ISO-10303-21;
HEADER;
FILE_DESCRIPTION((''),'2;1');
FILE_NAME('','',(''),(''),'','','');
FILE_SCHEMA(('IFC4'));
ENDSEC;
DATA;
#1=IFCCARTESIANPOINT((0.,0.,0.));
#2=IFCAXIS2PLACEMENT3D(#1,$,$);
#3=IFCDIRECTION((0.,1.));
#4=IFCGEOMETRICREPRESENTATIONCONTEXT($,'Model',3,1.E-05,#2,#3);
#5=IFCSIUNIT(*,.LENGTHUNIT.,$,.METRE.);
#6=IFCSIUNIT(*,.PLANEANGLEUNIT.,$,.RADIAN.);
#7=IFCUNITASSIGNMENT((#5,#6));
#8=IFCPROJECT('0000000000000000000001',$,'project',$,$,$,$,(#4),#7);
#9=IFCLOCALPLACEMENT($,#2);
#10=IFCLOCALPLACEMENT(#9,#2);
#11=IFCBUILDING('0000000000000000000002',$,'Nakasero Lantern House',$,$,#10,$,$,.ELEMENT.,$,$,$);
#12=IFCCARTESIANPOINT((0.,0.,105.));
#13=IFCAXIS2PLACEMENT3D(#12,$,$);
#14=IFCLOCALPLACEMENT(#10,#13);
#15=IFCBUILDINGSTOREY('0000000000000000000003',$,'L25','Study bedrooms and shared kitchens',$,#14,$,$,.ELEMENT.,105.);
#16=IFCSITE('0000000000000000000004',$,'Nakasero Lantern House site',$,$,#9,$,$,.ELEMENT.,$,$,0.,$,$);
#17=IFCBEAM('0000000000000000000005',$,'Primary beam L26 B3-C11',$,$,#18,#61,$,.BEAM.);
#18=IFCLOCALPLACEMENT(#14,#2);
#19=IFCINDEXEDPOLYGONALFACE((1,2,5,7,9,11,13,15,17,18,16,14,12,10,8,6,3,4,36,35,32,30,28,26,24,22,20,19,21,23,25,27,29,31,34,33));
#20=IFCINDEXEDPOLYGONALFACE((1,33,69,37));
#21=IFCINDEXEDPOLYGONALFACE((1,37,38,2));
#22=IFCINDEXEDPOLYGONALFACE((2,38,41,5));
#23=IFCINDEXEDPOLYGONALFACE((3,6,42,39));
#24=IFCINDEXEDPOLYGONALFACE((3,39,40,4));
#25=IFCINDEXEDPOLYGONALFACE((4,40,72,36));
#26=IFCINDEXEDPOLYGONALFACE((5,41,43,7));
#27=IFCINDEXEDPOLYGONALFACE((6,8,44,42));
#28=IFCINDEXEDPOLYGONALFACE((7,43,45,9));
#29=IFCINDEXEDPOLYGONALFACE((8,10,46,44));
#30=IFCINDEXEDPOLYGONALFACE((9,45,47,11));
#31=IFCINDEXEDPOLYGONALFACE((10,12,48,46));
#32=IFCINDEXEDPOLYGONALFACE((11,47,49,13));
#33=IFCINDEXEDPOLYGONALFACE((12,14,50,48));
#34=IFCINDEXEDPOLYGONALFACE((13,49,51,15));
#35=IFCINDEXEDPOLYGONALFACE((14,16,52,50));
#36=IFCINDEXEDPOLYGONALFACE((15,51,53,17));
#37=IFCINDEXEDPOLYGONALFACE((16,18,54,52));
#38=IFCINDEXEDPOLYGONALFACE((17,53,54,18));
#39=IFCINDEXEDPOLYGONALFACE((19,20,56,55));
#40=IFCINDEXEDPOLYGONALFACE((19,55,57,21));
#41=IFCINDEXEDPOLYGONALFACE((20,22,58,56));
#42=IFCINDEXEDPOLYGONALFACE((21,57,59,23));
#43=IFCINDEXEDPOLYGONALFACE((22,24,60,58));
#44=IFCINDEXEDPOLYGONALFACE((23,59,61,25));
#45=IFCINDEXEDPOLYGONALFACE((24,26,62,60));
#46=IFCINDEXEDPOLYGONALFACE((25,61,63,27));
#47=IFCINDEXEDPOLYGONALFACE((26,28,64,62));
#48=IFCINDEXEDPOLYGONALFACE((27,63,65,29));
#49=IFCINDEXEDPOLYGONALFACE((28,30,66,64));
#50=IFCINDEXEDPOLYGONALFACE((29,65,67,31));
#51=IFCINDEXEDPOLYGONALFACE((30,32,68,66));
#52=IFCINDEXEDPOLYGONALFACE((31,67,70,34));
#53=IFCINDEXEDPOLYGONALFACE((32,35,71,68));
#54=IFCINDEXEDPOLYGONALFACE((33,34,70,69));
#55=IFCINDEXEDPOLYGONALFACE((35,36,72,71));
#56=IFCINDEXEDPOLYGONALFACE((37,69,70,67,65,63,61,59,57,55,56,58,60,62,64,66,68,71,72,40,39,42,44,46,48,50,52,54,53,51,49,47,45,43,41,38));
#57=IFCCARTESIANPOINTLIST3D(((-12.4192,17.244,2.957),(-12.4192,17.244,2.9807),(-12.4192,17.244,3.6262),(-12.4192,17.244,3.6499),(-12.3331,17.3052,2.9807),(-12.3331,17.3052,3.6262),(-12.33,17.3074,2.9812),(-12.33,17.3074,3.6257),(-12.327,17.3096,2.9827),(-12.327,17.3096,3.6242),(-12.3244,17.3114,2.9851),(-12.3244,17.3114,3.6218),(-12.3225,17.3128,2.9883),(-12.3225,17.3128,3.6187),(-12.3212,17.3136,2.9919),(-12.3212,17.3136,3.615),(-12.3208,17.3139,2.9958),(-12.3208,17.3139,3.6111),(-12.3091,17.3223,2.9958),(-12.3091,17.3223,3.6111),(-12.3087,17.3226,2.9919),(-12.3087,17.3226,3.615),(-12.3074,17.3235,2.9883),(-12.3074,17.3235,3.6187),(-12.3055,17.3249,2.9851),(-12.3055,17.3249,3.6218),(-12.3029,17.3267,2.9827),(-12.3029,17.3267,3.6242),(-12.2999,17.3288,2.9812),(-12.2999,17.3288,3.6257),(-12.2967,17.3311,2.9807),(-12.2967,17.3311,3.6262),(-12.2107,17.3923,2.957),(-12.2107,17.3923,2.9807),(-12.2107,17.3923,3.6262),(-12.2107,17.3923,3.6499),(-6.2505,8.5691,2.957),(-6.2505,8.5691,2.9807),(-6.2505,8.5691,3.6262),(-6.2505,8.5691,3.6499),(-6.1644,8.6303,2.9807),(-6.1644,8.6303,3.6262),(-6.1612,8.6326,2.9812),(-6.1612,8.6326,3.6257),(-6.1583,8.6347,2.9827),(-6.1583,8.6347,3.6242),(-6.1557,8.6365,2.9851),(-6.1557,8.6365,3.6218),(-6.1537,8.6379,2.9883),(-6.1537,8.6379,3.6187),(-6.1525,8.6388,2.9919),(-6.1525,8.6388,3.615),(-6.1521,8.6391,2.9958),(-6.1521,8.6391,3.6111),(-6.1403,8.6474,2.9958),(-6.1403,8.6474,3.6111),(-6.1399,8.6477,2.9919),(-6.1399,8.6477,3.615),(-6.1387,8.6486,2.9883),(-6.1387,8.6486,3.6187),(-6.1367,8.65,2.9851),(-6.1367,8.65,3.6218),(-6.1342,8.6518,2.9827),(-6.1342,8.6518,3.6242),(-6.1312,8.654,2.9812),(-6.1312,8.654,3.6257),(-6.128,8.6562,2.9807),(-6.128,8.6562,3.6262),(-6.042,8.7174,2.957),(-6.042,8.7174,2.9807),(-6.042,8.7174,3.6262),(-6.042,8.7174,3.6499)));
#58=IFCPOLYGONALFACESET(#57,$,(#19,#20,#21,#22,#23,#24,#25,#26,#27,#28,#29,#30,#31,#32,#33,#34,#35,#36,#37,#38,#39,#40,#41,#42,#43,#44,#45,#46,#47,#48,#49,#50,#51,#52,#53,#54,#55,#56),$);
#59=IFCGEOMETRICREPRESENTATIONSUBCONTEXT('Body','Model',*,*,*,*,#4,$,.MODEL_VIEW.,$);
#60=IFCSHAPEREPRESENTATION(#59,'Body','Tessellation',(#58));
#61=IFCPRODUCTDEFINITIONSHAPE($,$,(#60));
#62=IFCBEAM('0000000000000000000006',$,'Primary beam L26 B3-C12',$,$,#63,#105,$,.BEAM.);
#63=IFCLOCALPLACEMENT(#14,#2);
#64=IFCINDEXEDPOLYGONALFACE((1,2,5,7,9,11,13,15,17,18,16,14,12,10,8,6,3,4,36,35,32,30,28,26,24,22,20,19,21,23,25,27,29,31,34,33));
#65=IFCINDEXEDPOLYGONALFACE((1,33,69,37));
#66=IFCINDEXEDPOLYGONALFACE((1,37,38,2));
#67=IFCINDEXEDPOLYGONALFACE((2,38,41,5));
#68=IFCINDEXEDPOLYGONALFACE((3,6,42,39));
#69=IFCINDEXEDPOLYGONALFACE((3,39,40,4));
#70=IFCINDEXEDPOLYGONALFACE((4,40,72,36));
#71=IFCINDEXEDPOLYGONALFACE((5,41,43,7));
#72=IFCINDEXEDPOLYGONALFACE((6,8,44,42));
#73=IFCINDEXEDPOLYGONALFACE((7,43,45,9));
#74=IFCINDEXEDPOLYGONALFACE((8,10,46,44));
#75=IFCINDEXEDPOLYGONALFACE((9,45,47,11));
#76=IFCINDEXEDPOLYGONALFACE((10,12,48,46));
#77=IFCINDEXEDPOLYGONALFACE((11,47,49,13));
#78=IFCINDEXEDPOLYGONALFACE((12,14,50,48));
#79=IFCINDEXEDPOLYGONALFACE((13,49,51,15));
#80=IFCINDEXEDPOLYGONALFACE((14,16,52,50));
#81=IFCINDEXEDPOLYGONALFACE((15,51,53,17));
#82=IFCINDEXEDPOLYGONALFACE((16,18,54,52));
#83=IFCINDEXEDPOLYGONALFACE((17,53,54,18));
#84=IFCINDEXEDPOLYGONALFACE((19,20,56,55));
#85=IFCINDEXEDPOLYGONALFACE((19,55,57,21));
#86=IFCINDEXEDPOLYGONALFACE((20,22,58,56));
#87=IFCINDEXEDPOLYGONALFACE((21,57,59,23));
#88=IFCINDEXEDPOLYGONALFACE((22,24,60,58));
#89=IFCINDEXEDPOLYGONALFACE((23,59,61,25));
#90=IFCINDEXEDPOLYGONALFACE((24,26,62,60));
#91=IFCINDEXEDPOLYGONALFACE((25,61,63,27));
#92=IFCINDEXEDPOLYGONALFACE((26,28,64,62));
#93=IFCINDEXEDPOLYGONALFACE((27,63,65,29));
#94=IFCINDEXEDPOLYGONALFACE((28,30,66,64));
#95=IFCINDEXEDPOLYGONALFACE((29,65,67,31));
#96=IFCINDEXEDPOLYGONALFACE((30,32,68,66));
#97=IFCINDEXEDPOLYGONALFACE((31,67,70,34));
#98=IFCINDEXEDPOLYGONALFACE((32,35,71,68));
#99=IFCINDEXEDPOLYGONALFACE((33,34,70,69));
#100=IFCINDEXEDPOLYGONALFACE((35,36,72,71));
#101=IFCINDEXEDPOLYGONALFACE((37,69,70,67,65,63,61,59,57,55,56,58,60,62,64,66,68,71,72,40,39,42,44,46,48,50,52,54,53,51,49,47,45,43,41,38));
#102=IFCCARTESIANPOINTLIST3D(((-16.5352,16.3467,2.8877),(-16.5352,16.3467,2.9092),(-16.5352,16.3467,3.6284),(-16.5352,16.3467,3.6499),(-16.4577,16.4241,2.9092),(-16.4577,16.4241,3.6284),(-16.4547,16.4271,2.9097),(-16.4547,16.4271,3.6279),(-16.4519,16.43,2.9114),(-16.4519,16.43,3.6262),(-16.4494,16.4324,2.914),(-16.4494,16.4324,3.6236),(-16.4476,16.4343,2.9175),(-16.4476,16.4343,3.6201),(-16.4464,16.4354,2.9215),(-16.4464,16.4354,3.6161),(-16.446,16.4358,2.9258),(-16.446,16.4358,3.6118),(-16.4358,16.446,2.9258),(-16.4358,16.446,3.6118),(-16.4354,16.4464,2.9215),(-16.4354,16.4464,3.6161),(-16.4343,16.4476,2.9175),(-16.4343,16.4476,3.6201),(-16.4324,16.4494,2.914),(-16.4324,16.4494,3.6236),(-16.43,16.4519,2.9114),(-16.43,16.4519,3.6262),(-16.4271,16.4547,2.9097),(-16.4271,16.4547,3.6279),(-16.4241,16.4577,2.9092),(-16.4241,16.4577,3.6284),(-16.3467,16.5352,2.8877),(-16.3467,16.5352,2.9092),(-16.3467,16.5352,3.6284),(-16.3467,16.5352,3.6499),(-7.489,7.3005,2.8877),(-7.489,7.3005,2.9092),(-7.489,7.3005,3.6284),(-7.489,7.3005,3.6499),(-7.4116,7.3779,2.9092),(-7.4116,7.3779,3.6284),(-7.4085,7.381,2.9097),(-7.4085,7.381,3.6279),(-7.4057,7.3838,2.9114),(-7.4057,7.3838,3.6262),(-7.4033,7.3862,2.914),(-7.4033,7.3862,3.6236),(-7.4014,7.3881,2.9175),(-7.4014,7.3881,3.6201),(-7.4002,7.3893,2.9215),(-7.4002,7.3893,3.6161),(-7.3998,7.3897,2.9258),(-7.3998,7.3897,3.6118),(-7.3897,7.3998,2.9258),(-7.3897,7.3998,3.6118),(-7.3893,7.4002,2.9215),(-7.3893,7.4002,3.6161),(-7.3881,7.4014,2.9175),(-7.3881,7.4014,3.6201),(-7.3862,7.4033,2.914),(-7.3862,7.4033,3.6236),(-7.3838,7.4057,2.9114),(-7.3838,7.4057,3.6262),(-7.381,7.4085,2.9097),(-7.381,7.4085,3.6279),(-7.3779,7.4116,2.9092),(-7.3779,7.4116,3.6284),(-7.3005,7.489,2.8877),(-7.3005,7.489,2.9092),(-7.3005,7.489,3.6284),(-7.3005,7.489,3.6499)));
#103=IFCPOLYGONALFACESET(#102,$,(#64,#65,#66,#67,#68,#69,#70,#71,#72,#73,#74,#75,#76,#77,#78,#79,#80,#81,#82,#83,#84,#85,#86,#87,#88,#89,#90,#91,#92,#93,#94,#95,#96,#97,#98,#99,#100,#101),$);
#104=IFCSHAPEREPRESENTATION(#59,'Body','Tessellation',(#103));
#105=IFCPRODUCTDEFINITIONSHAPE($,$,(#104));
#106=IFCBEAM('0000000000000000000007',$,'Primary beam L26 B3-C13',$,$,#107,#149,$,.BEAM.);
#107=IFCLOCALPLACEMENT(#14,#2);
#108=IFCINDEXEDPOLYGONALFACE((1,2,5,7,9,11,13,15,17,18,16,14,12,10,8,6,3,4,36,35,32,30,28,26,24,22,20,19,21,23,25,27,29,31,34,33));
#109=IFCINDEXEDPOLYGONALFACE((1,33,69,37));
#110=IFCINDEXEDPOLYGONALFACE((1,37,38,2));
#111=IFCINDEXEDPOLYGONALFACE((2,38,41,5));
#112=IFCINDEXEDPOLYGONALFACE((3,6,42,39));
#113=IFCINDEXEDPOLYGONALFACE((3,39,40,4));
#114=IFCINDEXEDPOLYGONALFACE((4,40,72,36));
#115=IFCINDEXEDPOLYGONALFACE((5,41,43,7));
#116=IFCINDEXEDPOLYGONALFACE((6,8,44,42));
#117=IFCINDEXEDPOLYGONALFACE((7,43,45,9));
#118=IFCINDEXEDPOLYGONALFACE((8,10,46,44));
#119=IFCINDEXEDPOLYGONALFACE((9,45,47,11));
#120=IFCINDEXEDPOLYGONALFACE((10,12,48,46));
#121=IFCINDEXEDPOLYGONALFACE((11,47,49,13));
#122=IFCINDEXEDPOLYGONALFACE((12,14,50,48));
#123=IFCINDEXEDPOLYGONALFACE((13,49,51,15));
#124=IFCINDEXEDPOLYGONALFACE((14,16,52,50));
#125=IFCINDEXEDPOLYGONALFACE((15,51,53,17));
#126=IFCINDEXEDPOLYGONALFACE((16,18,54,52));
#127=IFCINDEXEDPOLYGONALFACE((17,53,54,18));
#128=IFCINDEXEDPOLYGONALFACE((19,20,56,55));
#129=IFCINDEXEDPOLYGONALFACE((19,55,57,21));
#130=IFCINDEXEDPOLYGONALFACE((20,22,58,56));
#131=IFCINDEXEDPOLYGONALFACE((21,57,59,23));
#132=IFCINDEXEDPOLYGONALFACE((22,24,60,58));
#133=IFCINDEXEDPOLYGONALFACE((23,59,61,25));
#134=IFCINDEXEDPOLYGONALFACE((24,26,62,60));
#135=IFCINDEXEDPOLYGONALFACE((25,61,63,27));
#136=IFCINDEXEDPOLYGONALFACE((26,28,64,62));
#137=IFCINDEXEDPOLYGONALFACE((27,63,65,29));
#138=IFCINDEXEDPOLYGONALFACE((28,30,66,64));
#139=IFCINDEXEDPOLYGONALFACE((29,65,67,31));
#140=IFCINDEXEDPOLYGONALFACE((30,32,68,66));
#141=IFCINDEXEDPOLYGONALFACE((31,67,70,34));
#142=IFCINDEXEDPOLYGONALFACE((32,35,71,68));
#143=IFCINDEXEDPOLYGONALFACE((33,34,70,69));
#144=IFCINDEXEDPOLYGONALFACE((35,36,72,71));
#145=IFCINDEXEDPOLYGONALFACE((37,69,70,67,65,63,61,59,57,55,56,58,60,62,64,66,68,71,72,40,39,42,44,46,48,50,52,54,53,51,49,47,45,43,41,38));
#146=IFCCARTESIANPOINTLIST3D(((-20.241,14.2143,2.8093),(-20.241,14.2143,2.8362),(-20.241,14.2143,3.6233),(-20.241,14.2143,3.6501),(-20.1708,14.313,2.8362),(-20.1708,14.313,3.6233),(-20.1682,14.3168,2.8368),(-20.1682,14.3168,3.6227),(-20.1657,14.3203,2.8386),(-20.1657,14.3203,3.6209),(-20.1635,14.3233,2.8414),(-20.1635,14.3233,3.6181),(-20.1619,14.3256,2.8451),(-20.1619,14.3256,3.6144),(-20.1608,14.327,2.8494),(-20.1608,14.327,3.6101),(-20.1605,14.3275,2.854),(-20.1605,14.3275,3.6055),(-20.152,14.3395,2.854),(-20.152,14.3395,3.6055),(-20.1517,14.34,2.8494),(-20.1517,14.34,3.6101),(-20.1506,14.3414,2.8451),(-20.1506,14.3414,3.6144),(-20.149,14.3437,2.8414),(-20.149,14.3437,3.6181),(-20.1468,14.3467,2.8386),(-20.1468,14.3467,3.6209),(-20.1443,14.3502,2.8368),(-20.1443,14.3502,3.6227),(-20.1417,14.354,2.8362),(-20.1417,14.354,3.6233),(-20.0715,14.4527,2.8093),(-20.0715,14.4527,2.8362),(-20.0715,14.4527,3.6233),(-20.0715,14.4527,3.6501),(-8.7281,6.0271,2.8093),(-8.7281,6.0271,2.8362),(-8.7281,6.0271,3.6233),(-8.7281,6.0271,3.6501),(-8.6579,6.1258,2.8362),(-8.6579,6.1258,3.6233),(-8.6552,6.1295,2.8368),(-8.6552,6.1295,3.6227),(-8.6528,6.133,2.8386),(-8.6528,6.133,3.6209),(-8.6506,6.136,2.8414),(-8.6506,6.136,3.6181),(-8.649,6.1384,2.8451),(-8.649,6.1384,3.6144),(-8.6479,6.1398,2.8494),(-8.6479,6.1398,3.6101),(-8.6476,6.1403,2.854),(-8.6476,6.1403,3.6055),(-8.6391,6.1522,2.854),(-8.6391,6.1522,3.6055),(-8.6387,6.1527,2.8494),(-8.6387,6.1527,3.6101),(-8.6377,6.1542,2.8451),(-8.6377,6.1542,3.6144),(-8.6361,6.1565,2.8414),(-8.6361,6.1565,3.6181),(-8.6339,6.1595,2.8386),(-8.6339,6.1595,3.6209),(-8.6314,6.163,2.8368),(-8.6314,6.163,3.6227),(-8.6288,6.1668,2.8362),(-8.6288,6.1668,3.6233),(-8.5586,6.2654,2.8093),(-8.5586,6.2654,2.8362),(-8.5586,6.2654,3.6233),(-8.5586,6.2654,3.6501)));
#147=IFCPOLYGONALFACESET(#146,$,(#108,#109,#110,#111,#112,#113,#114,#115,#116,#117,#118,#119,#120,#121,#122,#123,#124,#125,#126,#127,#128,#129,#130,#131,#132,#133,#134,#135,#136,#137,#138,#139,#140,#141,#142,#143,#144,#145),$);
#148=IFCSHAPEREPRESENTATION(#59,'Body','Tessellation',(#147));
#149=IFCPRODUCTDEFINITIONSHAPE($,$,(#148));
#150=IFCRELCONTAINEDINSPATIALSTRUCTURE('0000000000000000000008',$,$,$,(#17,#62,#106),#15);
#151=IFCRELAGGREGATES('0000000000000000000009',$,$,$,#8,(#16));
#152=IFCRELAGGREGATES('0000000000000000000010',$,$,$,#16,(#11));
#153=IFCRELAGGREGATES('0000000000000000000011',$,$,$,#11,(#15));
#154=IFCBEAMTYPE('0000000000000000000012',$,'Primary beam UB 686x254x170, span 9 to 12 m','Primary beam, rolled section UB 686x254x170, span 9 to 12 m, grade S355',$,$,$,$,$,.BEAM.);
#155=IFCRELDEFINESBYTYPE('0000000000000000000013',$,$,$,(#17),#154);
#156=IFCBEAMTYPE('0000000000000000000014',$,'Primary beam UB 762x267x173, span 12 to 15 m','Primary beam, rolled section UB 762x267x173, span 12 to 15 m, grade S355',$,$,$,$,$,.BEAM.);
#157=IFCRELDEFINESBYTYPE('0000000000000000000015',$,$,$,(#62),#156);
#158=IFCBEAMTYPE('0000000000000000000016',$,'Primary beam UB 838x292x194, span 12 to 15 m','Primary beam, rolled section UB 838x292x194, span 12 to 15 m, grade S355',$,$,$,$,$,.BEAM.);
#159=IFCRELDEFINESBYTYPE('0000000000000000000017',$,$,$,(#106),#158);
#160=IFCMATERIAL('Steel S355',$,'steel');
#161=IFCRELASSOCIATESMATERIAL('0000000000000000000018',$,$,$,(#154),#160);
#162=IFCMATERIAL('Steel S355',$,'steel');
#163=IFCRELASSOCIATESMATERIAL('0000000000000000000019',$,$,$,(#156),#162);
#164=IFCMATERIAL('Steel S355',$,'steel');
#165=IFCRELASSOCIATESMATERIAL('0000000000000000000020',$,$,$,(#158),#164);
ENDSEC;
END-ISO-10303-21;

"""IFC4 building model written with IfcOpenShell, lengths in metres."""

from ifc_helpers import new_model, si_unit, direction, frame, origin, origin_2d, place, context, subcontext, project, spatial, i_section, extrude, material, material_profile, profile_set, type_object, element, save


model = new_model("IFC4")

# Units and contexts
model_context = context("Model", 3, precision=1e-05, world=origin(), true_north=direction((0.0, 1.0)))
body_context = subcontext(model_context, "Body", "Model", "MODEL_VIEW")
ifc_project = project(units=[si_unit("LENGTHUNIT", "METRE"), si_unit("PLANEANGLEUNIT", "RADIAN")], contexts=[model_context])

# Site, building, storey
site_placement = place(None, origin())
site = spatial("IfcSite", under=ifc_project, at=site_placement, Name="Nakasero Lantern House site", CompositionType="ELEMENT", RefElevation=0.0)
building_placement = place(site_placement, origin())
building = spatial("IfcBuilding", under=site, at=building_placement, Name="Nakasero Lantern House", CompositionType="ELEMENT")
storey_placement = place(building_placement, frame((0.0, 0.0, 105.0)))
storey = spatial("IfcBuildingStorey", under=building, at=storey_placement, Name="L25", Description="Study bedrooms and shared kitchens", CompositionType="ELEMENT", Elevation=105.0)

# Beams
ifc_material_1 = material(Name="Steel S355", Category="steel")
ifc_material_profile_1 = material_profile(ifc_material_1, i_section(OverallWidth=0.2559, OverallDepth=0.6929, WebThickness=0.0144, FlangeThickness=0.0237, FilletRadius=0.0151, at=origin_2d()), Name="UB 686x254x170")
ifc_profile_set_1 = profile_set([ifc_material_profile_1], Name="Steel S355")
beam_type_1 = type_object("IfcBeamType", Name="Primary beam UB 686x254x170, span 9 to 12 m", Description="Primary beam, rolled section UB 686x254x170, span 9 to 12 m, grade S355", PredefinedType="BEAM", material=ifc_profile_set_1)
beam_1_placement = place(storey_placement, frame((-12.3149, 17.3181, 3.3035), z_axis=(0.579521, -0.814957, 0.0), x_axis=(0.814957, 0.579521, 0.0)))
element("IfcBeam", 1, at=beam_1_placement, inside=storey, type_object=beam_type_1, Name="Primary beam L26 B3-C11", PredefinedType="BEAM", context=body_context, shape_type="SweptSolid", body=[
    extrude(i_section(OverallWidth=0.2559, OverallDepth=0.6929, WebThickness=0.0144, FlangeThickness=0.0237, FilletRadius=0.0151, at=origin_2d()), origin(), (0.0, 0.0, 1.0), 10.6445),
])
ifc_material_2 = material(Name="Steel S355", Category="steel")
ifc_material_profile_2 = material_profile(ifc_material_2, i_section(OverallWidth=0.2666, OverallDepth=0.7622, WebThickness=0.0144, FlangeThickness=0.0215, FilletRadius=0.0166, at=origin_2d()), Name="UB 762x267x173")
ifc_profile_set_2 = profile_set([ifc_material_profile_2], Name="Steel S355")
beam_type_2 = type_object("IfcBeamType", Name="Primary beam UB 762x267x173, span 12 to 15 m", Description="Primary beam, rolled section UB 762x267x173, span 12 to 15 m, grade S355", PredefinedType="BEAM", material=ifc_profile_set_2)
beam_2_placement = place(storey_placement, frame((-16.4409, 16.4409, 3.2688), z_axis=(0.707107, -0.707107, 0.0), x_axis=(0.707107, 0.707107, 0.0)))
element("IfcBeam", 2, at=beam_2_placement, inside=storey, type_object=beam_type_2, Name="Primary beam L26 B3-C12", PredefinedType="BEAM", context=body_context, shape_type="SweptSolid", body=[
    extrude(i_section(OverallWidth=0.2666, OverallDepth=0.7622, WebThickness=0.0144, FlangeThickness=0.0215, FilletRadius=0.0166, at=origin_2d()), origin(), (0.0, 0.0, 1.0), 12.7932),
])
ifc_material_3 = material(Name="Steel S355", Category="steel")
ifc_material_profile_3 = material_profile(ifc_material_3, i_section(OverallWidth=0.2925, OverallDepth=0.8408, WebThickness=0.0146, FlangeThickness=0.0269, FilletRadius=0.0178, at=origin_2d()), Name="UB 838x292x194")
ifc_profile_set_3 = profile_set([ifc_material_profile_3], Name="Steel S355")
beam_type_3 = type_object("IfcBeamType", Name="Primary beam UB 838x292x194, span 12 to 15 m", Description="Primary beam, rolled section UB 838x292x194, span 12 to 15 m, grade S355", PredefinedType="BEAM", material=ifc_profile_set_3)
beam_3_placement = place(storey_placement, frame((-20.1562, 14.3335, 3.2297), z_axis=(0.814946, -0.579537, 0.0), x_axis=(0.579537, 0.814946, 0.0)))
element("IfcBeam", 3, at=beam_3_placement, inside=storey, type_object=beam_type_3, Name="Primary beam L26 B3-C13", PredefinedType="BEAM", context=body_context, shape_type="SweptSolid", body=[
    extrude(i_section(OverallWidth=0.2925, OverallDepth=0.8408, WebThickness=0.0146, FlangeThickness=0.0269, FilletRadius=0.0178, at=origin_2d()), origin(), (0.0, 0.0, 1.0), 14.1272),
])

save(model, "model.ifc")
